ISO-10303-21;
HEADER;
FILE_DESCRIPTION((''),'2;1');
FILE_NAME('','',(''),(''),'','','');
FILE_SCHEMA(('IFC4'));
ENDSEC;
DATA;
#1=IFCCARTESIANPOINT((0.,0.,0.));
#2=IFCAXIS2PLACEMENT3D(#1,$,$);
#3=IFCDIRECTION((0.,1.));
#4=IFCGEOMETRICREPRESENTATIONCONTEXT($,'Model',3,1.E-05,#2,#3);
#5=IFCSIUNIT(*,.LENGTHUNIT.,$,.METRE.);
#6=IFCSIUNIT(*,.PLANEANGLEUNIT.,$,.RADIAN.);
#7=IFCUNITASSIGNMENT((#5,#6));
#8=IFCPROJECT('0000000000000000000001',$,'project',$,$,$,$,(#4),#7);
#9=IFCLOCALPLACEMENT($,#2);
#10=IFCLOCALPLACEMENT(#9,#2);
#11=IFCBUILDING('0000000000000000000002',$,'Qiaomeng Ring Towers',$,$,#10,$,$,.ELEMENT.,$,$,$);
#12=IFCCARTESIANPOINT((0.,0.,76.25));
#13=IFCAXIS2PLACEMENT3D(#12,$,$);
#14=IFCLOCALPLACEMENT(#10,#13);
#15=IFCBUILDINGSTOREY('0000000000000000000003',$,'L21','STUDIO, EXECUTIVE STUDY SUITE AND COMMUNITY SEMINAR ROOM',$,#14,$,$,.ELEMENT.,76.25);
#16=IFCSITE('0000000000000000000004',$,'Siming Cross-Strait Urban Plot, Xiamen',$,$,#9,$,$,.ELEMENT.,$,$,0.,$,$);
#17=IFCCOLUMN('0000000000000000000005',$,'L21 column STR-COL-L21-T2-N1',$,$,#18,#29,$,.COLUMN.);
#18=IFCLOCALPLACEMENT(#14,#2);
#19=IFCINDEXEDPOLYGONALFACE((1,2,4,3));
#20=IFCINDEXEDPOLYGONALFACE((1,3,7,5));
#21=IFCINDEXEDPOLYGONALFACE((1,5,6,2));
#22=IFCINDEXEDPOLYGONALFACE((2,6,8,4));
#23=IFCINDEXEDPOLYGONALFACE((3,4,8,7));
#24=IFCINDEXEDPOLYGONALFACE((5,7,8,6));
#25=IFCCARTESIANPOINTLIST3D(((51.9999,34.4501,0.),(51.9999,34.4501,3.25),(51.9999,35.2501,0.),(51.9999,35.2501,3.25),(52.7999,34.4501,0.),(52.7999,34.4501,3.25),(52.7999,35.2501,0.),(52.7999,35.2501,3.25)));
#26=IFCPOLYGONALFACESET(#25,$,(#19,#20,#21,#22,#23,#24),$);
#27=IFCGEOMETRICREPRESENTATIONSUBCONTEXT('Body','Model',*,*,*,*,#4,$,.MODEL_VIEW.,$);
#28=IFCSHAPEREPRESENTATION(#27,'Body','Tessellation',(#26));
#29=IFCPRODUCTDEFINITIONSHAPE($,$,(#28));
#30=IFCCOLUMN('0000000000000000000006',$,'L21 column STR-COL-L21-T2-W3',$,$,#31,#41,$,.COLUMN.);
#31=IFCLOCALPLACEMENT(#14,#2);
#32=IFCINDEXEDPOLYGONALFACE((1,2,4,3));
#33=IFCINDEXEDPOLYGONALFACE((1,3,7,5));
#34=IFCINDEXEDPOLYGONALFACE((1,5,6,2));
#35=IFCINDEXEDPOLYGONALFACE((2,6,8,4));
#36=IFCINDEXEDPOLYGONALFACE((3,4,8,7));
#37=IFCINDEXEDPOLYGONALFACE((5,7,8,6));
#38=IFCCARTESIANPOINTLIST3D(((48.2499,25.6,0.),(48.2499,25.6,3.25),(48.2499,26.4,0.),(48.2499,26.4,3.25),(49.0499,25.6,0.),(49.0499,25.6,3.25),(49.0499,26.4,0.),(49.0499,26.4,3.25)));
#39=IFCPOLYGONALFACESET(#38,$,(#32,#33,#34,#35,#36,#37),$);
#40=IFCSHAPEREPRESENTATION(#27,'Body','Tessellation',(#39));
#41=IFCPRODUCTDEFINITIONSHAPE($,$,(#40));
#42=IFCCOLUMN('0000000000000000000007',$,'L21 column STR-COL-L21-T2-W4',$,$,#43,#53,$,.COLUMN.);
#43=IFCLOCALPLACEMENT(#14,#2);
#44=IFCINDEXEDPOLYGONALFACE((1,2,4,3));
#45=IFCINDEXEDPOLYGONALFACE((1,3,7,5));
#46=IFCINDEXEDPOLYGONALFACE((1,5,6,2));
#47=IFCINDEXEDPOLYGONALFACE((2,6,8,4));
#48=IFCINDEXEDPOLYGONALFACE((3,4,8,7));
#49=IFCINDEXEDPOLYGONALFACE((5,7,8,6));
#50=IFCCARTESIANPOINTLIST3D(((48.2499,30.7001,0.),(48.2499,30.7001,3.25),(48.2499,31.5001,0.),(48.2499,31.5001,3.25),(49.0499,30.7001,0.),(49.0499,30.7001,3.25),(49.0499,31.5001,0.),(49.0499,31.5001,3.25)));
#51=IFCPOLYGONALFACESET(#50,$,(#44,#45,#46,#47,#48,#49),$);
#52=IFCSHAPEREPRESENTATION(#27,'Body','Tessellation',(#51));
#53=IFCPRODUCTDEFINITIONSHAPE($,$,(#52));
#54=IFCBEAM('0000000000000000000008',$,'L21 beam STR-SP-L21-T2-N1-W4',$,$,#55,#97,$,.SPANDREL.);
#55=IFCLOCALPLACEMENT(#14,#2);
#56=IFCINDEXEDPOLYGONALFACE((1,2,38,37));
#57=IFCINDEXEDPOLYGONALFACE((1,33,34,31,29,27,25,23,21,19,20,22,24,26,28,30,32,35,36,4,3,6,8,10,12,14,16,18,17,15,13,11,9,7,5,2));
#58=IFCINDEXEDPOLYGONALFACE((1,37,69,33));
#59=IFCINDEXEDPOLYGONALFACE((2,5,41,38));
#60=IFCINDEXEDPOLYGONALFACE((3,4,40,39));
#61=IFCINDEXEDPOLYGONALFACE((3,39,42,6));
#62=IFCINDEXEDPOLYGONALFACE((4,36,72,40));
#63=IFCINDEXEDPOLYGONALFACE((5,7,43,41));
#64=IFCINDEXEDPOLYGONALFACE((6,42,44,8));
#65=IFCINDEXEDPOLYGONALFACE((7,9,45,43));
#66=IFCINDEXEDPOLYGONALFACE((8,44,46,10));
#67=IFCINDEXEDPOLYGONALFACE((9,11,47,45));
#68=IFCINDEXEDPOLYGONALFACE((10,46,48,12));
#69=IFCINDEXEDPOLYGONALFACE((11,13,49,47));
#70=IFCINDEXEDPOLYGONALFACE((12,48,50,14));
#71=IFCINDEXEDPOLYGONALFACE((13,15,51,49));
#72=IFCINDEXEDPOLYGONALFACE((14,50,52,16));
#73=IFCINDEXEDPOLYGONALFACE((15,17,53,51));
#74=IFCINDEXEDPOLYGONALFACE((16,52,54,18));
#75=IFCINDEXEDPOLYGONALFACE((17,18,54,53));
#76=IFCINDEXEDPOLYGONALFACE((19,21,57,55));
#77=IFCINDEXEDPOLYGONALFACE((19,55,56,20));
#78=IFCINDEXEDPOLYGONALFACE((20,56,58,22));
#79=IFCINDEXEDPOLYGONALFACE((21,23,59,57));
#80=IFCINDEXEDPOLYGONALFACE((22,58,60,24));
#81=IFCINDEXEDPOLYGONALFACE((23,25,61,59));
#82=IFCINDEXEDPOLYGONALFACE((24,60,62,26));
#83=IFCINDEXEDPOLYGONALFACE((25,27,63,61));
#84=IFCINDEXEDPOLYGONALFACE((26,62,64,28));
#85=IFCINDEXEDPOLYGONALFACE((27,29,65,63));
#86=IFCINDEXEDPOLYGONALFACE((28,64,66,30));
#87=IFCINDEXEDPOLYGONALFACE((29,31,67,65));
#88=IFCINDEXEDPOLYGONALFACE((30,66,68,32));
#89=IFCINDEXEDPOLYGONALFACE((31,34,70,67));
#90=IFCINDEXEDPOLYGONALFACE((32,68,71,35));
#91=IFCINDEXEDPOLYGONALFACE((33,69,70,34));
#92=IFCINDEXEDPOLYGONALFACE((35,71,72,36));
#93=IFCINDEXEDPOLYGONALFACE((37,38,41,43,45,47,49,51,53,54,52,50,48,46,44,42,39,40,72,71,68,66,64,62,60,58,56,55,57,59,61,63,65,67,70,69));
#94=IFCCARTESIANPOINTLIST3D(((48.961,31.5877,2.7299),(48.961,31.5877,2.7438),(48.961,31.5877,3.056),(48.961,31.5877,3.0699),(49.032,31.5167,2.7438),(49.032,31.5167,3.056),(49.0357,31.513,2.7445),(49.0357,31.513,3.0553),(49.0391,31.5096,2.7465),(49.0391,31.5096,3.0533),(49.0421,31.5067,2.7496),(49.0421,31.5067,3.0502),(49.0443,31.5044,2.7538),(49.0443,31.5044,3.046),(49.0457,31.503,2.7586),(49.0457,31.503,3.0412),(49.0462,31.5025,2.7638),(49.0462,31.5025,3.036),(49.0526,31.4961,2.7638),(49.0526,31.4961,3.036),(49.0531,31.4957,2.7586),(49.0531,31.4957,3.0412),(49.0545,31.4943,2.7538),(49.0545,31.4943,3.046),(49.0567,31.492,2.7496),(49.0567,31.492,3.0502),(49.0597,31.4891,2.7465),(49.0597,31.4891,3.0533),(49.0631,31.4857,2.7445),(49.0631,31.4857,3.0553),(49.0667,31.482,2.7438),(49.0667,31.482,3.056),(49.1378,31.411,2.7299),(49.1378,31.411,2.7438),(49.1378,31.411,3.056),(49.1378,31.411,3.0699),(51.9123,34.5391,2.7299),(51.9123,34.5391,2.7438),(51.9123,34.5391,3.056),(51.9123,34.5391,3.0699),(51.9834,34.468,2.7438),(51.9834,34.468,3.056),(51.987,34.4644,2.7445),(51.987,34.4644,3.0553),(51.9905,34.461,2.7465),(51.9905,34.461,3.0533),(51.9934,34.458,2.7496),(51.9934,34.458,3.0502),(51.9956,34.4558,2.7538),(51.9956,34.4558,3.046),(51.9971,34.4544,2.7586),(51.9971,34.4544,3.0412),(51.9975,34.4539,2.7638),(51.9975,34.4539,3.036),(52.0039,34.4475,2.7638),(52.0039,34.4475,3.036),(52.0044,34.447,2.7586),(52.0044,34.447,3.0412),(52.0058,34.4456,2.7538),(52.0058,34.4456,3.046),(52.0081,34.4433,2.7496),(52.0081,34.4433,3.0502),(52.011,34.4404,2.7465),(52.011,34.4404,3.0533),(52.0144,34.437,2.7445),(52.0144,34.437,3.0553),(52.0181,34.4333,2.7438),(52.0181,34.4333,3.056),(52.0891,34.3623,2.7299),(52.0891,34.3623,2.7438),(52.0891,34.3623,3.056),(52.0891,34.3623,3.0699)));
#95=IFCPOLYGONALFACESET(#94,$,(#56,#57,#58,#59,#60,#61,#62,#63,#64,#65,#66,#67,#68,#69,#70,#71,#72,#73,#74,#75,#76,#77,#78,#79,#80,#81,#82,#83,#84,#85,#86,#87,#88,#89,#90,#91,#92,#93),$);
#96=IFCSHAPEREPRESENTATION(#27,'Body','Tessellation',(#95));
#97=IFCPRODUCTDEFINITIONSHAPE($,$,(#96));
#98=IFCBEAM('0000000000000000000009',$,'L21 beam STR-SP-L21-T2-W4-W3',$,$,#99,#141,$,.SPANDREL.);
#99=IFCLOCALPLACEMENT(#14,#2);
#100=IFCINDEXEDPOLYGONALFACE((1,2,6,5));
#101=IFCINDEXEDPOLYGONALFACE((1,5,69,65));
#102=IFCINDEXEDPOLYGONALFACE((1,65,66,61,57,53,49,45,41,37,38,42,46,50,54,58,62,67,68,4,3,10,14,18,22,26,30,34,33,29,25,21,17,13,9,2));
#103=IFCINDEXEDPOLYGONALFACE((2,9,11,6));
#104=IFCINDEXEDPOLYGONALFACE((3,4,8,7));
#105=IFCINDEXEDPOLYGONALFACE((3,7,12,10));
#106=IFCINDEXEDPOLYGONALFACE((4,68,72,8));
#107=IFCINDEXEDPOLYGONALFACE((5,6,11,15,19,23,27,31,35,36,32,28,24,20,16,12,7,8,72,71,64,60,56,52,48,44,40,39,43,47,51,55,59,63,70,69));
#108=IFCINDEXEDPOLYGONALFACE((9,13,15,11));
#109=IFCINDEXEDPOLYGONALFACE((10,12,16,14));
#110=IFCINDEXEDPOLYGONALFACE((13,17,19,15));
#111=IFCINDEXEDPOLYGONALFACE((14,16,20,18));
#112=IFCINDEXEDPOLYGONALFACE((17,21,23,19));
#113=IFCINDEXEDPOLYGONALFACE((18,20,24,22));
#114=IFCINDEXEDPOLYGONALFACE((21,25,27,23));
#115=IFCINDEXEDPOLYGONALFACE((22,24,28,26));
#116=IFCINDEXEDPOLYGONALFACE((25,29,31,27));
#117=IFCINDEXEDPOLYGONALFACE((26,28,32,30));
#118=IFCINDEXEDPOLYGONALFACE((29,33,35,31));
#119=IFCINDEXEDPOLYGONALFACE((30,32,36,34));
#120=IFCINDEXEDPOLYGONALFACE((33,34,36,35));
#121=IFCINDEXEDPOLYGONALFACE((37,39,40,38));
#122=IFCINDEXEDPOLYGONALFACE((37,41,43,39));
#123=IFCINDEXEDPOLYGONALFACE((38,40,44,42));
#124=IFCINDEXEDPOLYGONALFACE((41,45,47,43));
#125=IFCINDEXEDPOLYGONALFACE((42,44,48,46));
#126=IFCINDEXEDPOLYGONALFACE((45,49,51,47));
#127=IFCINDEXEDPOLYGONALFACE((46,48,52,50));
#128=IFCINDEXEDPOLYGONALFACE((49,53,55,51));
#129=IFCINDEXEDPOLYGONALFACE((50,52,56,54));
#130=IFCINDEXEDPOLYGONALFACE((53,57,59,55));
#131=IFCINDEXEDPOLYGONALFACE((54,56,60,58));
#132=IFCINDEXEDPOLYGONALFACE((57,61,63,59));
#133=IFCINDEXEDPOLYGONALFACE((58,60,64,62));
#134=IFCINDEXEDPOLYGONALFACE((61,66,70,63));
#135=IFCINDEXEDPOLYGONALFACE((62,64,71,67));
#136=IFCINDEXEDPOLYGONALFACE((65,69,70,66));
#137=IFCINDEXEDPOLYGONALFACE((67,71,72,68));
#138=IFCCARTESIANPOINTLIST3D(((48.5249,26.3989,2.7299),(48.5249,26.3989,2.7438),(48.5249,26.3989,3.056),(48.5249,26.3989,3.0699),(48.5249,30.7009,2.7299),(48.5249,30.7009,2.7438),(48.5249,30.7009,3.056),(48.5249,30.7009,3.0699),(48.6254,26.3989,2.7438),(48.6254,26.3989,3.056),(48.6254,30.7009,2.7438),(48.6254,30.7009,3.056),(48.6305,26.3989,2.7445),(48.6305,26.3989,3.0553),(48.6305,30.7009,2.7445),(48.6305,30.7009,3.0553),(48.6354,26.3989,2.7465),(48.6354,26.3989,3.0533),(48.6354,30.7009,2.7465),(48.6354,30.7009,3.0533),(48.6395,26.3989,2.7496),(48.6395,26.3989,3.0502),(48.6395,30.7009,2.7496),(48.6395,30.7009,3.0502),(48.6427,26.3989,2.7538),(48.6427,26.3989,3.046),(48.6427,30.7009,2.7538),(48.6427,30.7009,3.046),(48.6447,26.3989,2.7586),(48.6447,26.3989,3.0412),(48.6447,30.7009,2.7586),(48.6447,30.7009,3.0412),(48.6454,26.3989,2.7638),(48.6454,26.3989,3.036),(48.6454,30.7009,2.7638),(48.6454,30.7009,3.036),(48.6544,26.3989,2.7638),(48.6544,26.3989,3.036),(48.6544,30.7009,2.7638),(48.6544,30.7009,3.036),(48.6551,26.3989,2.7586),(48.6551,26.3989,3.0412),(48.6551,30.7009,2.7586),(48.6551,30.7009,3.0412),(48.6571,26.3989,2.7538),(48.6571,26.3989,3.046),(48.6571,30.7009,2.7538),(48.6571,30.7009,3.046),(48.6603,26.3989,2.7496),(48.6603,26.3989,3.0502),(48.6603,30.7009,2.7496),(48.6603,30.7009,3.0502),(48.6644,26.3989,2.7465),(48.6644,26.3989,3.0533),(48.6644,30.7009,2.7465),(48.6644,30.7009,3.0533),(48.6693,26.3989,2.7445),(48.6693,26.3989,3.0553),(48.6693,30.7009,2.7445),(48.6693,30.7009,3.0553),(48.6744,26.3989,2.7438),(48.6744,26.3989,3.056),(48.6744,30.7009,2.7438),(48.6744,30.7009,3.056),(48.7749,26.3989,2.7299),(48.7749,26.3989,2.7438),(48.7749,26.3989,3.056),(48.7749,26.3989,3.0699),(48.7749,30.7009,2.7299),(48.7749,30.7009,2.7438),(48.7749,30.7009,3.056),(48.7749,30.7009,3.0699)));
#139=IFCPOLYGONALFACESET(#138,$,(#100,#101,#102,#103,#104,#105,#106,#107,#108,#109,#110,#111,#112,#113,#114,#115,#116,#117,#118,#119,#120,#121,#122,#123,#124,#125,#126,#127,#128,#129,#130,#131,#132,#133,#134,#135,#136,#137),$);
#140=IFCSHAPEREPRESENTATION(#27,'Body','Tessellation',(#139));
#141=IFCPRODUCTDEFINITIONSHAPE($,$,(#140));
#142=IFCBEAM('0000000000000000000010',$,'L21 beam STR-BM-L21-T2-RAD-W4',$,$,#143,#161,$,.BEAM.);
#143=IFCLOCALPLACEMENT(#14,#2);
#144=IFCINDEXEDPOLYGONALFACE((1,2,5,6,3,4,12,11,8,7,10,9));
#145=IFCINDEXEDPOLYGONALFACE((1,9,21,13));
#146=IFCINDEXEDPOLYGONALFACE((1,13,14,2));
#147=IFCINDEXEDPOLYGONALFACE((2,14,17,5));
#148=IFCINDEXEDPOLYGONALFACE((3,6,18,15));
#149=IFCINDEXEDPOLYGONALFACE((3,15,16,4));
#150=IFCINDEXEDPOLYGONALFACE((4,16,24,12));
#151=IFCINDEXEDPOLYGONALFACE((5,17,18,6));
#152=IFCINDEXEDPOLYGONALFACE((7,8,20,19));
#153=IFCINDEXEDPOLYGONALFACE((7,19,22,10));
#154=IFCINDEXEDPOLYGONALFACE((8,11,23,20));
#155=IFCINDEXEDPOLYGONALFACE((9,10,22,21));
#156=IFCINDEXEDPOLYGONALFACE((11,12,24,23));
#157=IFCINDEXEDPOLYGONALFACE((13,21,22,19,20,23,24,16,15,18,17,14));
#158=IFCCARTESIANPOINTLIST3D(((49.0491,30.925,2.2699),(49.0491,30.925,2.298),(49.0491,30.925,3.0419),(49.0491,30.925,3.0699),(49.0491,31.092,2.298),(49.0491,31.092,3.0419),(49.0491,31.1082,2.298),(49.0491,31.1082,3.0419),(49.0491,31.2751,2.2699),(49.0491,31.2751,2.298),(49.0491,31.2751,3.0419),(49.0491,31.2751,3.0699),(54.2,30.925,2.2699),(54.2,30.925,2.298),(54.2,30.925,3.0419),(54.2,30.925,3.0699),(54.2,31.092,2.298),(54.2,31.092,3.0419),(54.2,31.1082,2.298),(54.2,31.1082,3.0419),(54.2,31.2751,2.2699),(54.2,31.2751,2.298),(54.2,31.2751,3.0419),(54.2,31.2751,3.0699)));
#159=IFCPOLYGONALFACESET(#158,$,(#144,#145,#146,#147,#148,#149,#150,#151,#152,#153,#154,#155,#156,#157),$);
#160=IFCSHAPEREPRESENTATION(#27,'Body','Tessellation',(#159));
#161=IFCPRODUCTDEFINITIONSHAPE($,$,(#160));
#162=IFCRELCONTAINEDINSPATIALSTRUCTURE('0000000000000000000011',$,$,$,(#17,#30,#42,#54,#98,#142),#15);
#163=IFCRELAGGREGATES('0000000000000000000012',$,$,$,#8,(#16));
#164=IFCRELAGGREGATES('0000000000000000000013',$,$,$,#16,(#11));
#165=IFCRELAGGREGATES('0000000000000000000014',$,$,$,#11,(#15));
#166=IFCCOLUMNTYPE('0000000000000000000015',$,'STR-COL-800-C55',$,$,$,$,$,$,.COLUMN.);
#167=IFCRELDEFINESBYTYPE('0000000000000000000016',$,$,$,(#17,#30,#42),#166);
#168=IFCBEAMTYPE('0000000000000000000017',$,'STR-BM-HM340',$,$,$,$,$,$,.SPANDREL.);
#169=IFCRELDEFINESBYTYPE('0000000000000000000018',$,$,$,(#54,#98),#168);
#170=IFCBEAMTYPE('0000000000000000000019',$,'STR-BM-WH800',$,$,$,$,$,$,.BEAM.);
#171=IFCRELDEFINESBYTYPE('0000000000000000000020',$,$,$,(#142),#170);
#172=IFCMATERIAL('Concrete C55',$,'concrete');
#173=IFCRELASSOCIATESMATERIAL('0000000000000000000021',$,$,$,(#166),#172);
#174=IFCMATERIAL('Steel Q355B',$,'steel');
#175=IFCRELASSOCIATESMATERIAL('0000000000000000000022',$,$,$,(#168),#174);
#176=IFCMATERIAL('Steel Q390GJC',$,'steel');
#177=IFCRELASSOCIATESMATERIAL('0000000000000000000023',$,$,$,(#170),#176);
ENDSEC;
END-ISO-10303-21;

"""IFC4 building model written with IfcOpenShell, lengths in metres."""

from ifc_helpers import new_model, si_unit, direction, frame, origin, origin_2d, place, context, subcontext, project, spatial, rectangle, i_section, extrude, source, transform, mapped, material, material_profile, profile_set, type_object, element, save


model = new_model("IFC4")

# Units and contexts
model_context = context("Model", 3, precision=1e-05, world=origin(), true_north=direction((0.0, 1.0)))
body_context = subcontext(model_context, "Body", "Model", "MODEL_VIEW")
ifc_project = project(units=[si_unit("LENGTHUNIT", "METRE"), si_unit("PLANEANGLEUNIT", "RADIAN")], contexts=[model_context])

# Site, building, storey
site_placement = place(None, origin())
site = spatial("IfcSite", under=ifc_project, at=site_placement, Name="Siming Cross-Strait Urban Plot, Xiamen", CompositionType="ELEMENT", RefElevation=0.0)
building_placement = place(site_placement, origin())
building = spatial("IfcBuilding", under=site, at=building_placement, Name="Qiaomeng Ring Towers", CompositionType="ELEMENT")
storey_placement = place(building_placement, frame((0.0, 0.0, 76.25)))
storey = spatial("IfcBuildingStorey", under=building, at=storey_placement, Name="L21", Description="STUDIO, EXECUTIVE STUDY SUITE AND COMMUNITY SEMINAR ROOM", CompositionType="ELEMENT", Elevation=76.25)

# Columns
ifc_material_1 = material(Name="Concrete C55", Category="concrete")
ifc_material_profile_1 = material_profile(ifc_material_1, rectangle(XDim=0.8, YDim=0.8, at=origin_2d()), Name="RC COL 800x800")
ifc_profile_set_1 = profile_set([ifc_material_profile_1], Name="Concrete C55")
column_type = type_object("IfcColumnType", Name="STR-COL-800-C55", PredefinedType="COLUMN", material=ifc_profile_set_1)
shared_shape_1 = source(origin(), body_context, "Body", "SweptSolid", [
    extrude(rectangle(XDim=0.8, YDim=0.8, at=origin_2d()), origin(), (0.0, 0.0, 1.0), 3.25),
])
for number, where, z_axis, x_axis, name in (
    (1, (52.3999, 34.8501, 0.0), (0.0, 0.0, 1.0), (1.0, 0.0, 0.0), "L21 column STR-COL-L21-T2-N1"),
    (2, (48.6499, 26.0, 0.0), (0.0, 0.0, 1.0), (1.0, 0.0, 0.0), "L21 column STR-COL-L21-T2-W3"),
    (3, (48.6499, 31.1001, 0.0), (0.0, 0.0, 1.0), (1.0, 0.0, 0.0), "L21 column STR-COL-L21-T2-W4"),
):
    element("IfcColumn", number, at=place(storey_placement, frame(where, z_axis=z_axis, x_axis=x_axis)), inside=storey, type_object=column_type, Name=name, PredefinedType="COLUMN", context=body_context, shape_type="MappedRepresentation", body=[
        mapped(shared_shape_1, transform((0.0, 0.0, 0.0), x_axis=(1.0, 0.0, 0.0), y_axis=(0.0, 1.0, 0.0), z_axis=(0.0, 0.0, 1.0), scale=1.0)),
    ])

# Beams
ifc_material_2 = material(Name="Steel Q355B", Category="steel")
ifc_material_profile_2 = material_profile(ifc_material_2, i_section(OverallWidth=0.25, OverallDepth=0.3401, WebThickness=0.009, FlangeThickness=0.0139, FilletRadius=0.02, at=origin_2d()), Name="HM 340x250x9x14")
ifc_profile_set_2 = profile_set([ifc_material_profile_2], Name="Steel Q355B")
beam_type_1 = type_object("IfcBeamType", Name="STR-BM-HM340", PredefinedType="SPANDREL", material=ifc_profile_set_2)
shared_shape_2 = source(origin(), body_context, "Body", "SweptSolid", [
    extrude(i_section(OverallWidth=0.25, OverallDepth=0.3401, WebThickness=0.009, FlangeThickness=0.0139, FilletRadius=0.02, at=origin_2d()), origin(), (0.0, 0.0, 1.0), 4.1738),
])
beam_1_placement = place(storey_placement, frame((52.0007, 34.4507, 2.8999), z_axis=(-0.707107, -0.707107, 0.0), x_axis=(0.707107, -0.707107, 0.0)))
element("IfcBeam", 4, at=beam_1_placement, inside=storey, type_object=beam_type_1, Name="L21 beam STR-SP-L21-T2-N1-W4", PredefinedType="SPANDREL", context=body_context, shape_type="MappedRepresentation", body=[
    mapped(shared_shape_2, transform((0.0, 0.0, 0.0), x_axis=(1.0, 0.0, 0.0), y_axis=(0.0, 1.0, 0.0), z_axis=(0.0, 0.0, 1.0), scale=1.0)),
])
shared_shape_3 = source(origin(), body_context, "Body", "SweptSolid", [
    extrude(i_section(OverallWidth=0.25, OverallDepth=0.3401, WebThickness=0.009, FlangeThickness=0.0139, FilletRadius=0.02, at=origin_2d()), origin(), (0.0, 0.0, 1.0), 4.302),
])
beam_2_placement = place(storey_placement, frame((48.6499, 30.7009, 2.8999), z_axis=(0.0, -1.0, 0.0), x_axis=(1.0, 0.0, 0.0)))
element("IfcBeam", 5, at=beam_2_placement, inside=storey, type_object=beam_type_1, Name="L21 beam STR-SP-L21-T2-W4-W3", PredefinedType="SPANDREL", context=body_context, shape_type="MappedRepresentation", body=[
    mapped(shared_shape_3, transform((0.0, 0.0, 0.0), x_axis=(1.0, 0.0, 0.0), y_axis=(0.0, 1.0, 0.0), z_axis=(0.0, 0.0, 1.0), scale=1.0)),
])
ifc_material_3 = material(Name="Steel Q390GJC", Category="steel")
ifc_material_profile_3 = material_profile(ifc_material_3, i_section(OverallWidth=0.3501, OverallDepth=0.8, WebThickness=0.0161, FlangeThickness=0.0281, at=origin_2d()), Name="WH 800x350x16x28")
ifc_profile_set_3 = profile_set([ifc_material_profile_3], Name="Steel Q390GJC")
beam_type_2 = type_object("IfcBeamType", Name="STR-BM-WH800", PredefinedType="BEAM", material=ifc_profile_set_3)
shared_shape_4 = source(origin(), body_context, "Body", "SweptSolid", [
    extrude(i_section(OverallWidth=0.3501, OverallDepth=0.8, WebThickness=0.0161, FlangeThickness=0.0281, at=origin_2d()), origin(), (0.0, 0.0, 1.0), 5.1509),
])
beam_3_placement = place(storey_placement, frame((49.0491, 31.1001, 2.6699), z_axis=(1.0, 0.0, 0.0), x_axis=(0.0, 1.0, 0.0)))
element("IfcBeam", 6, at=beam_3_placement, inside=storey, type_object=beam_type_2, Name="L21 beam STR-BM-L21-T2-RAD-W4", PredefinedType="BEAM", context=body_context, shape_type="MappedRepresentation", body=[
    mapped(shared_shape_4, transform((0.0, 0.0, 0.0), x_axis=(1.0, 0.0, 0.0), y_axis=(0.0, 1.0, 0.0), z_axis=(0.0, 0.0, 1.0), scale=1.0)),
])

save(model, "model.ifc")
